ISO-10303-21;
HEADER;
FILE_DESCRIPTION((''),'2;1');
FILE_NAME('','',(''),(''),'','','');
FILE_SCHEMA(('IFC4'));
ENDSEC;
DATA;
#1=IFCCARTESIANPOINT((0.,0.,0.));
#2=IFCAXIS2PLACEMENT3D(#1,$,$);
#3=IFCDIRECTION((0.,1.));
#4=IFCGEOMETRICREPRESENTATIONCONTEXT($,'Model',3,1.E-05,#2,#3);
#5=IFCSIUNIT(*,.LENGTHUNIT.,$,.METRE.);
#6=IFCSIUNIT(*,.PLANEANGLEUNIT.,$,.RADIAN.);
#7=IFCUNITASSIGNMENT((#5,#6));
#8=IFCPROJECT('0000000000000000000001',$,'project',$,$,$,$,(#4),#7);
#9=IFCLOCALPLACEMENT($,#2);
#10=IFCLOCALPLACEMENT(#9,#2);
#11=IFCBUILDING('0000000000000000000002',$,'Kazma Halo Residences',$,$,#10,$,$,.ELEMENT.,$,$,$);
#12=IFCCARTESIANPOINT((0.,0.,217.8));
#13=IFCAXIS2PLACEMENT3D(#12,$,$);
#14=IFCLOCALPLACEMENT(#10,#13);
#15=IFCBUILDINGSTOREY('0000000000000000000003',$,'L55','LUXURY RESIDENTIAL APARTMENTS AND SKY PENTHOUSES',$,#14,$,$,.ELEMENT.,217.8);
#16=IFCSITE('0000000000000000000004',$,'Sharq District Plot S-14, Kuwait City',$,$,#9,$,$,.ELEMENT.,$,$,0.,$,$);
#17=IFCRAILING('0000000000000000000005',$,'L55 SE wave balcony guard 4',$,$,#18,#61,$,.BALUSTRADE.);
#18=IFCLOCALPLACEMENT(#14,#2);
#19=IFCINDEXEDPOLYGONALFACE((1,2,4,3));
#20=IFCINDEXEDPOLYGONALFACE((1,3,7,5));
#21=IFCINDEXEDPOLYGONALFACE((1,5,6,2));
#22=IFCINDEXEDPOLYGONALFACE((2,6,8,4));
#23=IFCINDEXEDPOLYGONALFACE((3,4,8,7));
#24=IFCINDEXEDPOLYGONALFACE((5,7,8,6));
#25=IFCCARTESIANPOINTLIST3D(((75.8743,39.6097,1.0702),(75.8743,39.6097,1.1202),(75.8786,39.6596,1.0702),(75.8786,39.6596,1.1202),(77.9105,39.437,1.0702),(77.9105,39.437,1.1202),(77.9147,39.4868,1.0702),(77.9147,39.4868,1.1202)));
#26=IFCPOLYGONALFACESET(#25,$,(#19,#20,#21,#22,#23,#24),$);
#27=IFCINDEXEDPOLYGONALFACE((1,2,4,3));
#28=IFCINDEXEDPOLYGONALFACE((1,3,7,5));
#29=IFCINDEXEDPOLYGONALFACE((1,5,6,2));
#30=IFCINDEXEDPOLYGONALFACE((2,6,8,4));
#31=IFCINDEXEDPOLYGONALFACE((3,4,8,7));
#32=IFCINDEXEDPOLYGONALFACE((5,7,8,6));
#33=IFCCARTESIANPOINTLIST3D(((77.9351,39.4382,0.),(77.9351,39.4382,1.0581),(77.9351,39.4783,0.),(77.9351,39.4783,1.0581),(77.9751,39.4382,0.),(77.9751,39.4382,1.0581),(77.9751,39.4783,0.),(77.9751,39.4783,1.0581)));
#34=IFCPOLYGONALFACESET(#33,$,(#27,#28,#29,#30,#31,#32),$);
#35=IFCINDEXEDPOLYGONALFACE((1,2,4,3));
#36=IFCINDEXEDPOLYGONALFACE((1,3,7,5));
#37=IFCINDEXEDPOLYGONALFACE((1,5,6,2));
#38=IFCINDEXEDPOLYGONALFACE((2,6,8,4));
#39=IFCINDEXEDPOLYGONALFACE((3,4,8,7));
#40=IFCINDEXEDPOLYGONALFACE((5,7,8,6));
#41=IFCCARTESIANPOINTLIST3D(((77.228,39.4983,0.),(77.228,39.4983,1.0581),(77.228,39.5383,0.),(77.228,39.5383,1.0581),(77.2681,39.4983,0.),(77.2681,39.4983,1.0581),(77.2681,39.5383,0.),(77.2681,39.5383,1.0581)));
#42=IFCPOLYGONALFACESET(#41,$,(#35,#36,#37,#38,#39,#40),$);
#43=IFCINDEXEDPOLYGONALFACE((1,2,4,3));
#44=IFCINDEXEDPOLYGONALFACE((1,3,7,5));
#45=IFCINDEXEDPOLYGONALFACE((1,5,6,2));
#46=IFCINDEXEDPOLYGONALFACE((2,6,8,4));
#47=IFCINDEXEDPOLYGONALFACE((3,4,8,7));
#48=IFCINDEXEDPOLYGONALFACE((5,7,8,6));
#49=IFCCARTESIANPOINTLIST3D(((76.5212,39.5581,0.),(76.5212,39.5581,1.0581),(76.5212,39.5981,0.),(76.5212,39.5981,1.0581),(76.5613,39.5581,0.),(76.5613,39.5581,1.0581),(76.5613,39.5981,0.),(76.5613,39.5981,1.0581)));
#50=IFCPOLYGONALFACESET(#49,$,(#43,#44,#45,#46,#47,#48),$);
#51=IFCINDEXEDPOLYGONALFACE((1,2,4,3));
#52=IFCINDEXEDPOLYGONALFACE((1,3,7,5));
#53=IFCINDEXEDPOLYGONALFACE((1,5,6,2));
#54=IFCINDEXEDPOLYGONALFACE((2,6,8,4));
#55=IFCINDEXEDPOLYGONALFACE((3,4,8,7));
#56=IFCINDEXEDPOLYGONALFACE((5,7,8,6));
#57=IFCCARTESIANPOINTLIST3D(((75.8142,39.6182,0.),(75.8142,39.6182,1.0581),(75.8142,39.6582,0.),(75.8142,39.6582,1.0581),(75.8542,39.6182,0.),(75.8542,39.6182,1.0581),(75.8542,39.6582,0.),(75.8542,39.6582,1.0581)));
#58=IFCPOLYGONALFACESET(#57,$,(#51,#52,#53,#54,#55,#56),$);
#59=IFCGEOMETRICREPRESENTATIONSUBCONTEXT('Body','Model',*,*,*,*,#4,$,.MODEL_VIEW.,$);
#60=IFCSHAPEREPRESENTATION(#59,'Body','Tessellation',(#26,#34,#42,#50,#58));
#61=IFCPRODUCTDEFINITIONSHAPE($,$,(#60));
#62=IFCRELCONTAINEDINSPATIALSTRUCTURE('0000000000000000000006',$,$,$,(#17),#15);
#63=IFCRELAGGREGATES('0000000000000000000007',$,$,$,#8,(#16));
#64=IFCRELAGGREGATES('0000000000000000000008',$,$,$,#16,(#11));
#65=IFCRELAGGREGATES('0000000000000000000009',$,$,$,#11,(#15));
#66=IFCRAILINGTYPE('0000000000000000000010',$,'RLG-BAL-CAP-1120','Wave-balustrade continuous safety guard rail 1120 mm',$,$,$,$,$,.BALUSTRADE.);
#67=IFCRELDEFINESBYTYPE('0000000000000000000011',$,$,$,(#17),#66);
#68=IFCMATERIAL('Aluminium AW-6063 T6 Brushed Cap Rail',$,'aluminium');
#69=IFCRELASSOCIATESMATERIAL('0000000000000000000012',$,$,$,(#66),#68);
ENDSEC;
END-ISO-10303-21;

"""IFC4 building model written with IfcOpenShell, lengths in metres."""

from ifc_helpers import new_model, si_unit, direction, frame, origin, origin_2d, place, context, subcontext, project, spatial, rectangle, extrude, material, type_object, element, save


model = new_model("IFC4")

# Units and contexts
model_context = context("Model", 3, precision=1e-05, world=origin(), true_north=direction((0.0, 1.0)))
body_context = subcontext(model_context, "Body", "Model", "MODEL_VIEW")
ifc_project = project(units=[si_unit("LENGTHUNIT", "METRE"), si_unit("PLANEANGLEUNIT", "RADIAN")], contexts=[model_context])

# Site, building, storey
site_placement = place(None, origin())
site = spatial("IfcSite", under=ifc_project, at=site_placement, Name="Sharq District Plot S-14, Kuwait City", CompositionType="ELEMENT", RefElevation=0.0)
building_placement = place(site_placement, origin())
building = spatial("IfcBuilding", under=site, at=building_placement, Name="Kazma Halo Residences", CompositionType="ELEMENT")
storey_placement = place(building_placement, frame((0.0, 0.0, 217.8)))
storey = spatial("IfcBuildingStorey", under=building, at=storey_placement, Name="L55", Description="LUXURY RESIDENTIAL APARTMENTS AND SKY PENTHOUSES", CompositionType="ELEMENT", Elevation=217.8)

# Railing
ifc_material_1 = material(Name="Aluminium AW-6063 T6 Brushed Cap Rail", Category="aluminium")
railing_type = type_object("IfcRailingType", Name="RLG-BAL-CAP-1120", Description="Wave-balustrade continuous safety guard rail 1120 mm", PredefinedType="BALUSTRADE", material=ifc_material_1)
railing_placement = place(storey_placement, frame((77.9551, 39.4583, 0.0)))
element("IfcRailing", 1, at=railing_placement, inside=storey, type_object=railing_type, Name="L55 SE wave balcony guard 4", PredefinedType="BALUSTRADE", context=body_context, shape_type="SweptSolid", body=[
    extrude(rectangle(XDim=0.05, YDim=0.05, at=origin_2d()), frame((-0.0425, 0.0037, 1.0952), z_axis=(-0.99642, 0.084536, 0.0), x_axis=(-0.084536, -0.99642, 0.0)), (0.0, 0.0, 1.0), 2.0435),
    extrude(rectangle(XDim=0.04, YDim=0.04, at=origin_2d()), origin(), (0.0, 0.0, 1.0), 1.0581),
    extrude(rectangle(XDim=0.04, YDim=0.04, at=origin_2d()), frame((-0.707, 0.0601, 0.0)), (0.0, 0.0, 1.0), 1.0581),
    extrude(rectangle(XDim=0.04, YDim=0.04, at=origin_2d()), frame((-1.4138, 0.1199, 0.0)), (0.0, 0.0, 1.0), 1.0581),
    extrude(rectangle(XDim=0.04, YDim=0.04, at=origin_2d()), frame((-2.1208, 0.1799, 0.0)), (0.0, 0.0, 1.0), 1.0581),
])

save(model, "model.ifc")
